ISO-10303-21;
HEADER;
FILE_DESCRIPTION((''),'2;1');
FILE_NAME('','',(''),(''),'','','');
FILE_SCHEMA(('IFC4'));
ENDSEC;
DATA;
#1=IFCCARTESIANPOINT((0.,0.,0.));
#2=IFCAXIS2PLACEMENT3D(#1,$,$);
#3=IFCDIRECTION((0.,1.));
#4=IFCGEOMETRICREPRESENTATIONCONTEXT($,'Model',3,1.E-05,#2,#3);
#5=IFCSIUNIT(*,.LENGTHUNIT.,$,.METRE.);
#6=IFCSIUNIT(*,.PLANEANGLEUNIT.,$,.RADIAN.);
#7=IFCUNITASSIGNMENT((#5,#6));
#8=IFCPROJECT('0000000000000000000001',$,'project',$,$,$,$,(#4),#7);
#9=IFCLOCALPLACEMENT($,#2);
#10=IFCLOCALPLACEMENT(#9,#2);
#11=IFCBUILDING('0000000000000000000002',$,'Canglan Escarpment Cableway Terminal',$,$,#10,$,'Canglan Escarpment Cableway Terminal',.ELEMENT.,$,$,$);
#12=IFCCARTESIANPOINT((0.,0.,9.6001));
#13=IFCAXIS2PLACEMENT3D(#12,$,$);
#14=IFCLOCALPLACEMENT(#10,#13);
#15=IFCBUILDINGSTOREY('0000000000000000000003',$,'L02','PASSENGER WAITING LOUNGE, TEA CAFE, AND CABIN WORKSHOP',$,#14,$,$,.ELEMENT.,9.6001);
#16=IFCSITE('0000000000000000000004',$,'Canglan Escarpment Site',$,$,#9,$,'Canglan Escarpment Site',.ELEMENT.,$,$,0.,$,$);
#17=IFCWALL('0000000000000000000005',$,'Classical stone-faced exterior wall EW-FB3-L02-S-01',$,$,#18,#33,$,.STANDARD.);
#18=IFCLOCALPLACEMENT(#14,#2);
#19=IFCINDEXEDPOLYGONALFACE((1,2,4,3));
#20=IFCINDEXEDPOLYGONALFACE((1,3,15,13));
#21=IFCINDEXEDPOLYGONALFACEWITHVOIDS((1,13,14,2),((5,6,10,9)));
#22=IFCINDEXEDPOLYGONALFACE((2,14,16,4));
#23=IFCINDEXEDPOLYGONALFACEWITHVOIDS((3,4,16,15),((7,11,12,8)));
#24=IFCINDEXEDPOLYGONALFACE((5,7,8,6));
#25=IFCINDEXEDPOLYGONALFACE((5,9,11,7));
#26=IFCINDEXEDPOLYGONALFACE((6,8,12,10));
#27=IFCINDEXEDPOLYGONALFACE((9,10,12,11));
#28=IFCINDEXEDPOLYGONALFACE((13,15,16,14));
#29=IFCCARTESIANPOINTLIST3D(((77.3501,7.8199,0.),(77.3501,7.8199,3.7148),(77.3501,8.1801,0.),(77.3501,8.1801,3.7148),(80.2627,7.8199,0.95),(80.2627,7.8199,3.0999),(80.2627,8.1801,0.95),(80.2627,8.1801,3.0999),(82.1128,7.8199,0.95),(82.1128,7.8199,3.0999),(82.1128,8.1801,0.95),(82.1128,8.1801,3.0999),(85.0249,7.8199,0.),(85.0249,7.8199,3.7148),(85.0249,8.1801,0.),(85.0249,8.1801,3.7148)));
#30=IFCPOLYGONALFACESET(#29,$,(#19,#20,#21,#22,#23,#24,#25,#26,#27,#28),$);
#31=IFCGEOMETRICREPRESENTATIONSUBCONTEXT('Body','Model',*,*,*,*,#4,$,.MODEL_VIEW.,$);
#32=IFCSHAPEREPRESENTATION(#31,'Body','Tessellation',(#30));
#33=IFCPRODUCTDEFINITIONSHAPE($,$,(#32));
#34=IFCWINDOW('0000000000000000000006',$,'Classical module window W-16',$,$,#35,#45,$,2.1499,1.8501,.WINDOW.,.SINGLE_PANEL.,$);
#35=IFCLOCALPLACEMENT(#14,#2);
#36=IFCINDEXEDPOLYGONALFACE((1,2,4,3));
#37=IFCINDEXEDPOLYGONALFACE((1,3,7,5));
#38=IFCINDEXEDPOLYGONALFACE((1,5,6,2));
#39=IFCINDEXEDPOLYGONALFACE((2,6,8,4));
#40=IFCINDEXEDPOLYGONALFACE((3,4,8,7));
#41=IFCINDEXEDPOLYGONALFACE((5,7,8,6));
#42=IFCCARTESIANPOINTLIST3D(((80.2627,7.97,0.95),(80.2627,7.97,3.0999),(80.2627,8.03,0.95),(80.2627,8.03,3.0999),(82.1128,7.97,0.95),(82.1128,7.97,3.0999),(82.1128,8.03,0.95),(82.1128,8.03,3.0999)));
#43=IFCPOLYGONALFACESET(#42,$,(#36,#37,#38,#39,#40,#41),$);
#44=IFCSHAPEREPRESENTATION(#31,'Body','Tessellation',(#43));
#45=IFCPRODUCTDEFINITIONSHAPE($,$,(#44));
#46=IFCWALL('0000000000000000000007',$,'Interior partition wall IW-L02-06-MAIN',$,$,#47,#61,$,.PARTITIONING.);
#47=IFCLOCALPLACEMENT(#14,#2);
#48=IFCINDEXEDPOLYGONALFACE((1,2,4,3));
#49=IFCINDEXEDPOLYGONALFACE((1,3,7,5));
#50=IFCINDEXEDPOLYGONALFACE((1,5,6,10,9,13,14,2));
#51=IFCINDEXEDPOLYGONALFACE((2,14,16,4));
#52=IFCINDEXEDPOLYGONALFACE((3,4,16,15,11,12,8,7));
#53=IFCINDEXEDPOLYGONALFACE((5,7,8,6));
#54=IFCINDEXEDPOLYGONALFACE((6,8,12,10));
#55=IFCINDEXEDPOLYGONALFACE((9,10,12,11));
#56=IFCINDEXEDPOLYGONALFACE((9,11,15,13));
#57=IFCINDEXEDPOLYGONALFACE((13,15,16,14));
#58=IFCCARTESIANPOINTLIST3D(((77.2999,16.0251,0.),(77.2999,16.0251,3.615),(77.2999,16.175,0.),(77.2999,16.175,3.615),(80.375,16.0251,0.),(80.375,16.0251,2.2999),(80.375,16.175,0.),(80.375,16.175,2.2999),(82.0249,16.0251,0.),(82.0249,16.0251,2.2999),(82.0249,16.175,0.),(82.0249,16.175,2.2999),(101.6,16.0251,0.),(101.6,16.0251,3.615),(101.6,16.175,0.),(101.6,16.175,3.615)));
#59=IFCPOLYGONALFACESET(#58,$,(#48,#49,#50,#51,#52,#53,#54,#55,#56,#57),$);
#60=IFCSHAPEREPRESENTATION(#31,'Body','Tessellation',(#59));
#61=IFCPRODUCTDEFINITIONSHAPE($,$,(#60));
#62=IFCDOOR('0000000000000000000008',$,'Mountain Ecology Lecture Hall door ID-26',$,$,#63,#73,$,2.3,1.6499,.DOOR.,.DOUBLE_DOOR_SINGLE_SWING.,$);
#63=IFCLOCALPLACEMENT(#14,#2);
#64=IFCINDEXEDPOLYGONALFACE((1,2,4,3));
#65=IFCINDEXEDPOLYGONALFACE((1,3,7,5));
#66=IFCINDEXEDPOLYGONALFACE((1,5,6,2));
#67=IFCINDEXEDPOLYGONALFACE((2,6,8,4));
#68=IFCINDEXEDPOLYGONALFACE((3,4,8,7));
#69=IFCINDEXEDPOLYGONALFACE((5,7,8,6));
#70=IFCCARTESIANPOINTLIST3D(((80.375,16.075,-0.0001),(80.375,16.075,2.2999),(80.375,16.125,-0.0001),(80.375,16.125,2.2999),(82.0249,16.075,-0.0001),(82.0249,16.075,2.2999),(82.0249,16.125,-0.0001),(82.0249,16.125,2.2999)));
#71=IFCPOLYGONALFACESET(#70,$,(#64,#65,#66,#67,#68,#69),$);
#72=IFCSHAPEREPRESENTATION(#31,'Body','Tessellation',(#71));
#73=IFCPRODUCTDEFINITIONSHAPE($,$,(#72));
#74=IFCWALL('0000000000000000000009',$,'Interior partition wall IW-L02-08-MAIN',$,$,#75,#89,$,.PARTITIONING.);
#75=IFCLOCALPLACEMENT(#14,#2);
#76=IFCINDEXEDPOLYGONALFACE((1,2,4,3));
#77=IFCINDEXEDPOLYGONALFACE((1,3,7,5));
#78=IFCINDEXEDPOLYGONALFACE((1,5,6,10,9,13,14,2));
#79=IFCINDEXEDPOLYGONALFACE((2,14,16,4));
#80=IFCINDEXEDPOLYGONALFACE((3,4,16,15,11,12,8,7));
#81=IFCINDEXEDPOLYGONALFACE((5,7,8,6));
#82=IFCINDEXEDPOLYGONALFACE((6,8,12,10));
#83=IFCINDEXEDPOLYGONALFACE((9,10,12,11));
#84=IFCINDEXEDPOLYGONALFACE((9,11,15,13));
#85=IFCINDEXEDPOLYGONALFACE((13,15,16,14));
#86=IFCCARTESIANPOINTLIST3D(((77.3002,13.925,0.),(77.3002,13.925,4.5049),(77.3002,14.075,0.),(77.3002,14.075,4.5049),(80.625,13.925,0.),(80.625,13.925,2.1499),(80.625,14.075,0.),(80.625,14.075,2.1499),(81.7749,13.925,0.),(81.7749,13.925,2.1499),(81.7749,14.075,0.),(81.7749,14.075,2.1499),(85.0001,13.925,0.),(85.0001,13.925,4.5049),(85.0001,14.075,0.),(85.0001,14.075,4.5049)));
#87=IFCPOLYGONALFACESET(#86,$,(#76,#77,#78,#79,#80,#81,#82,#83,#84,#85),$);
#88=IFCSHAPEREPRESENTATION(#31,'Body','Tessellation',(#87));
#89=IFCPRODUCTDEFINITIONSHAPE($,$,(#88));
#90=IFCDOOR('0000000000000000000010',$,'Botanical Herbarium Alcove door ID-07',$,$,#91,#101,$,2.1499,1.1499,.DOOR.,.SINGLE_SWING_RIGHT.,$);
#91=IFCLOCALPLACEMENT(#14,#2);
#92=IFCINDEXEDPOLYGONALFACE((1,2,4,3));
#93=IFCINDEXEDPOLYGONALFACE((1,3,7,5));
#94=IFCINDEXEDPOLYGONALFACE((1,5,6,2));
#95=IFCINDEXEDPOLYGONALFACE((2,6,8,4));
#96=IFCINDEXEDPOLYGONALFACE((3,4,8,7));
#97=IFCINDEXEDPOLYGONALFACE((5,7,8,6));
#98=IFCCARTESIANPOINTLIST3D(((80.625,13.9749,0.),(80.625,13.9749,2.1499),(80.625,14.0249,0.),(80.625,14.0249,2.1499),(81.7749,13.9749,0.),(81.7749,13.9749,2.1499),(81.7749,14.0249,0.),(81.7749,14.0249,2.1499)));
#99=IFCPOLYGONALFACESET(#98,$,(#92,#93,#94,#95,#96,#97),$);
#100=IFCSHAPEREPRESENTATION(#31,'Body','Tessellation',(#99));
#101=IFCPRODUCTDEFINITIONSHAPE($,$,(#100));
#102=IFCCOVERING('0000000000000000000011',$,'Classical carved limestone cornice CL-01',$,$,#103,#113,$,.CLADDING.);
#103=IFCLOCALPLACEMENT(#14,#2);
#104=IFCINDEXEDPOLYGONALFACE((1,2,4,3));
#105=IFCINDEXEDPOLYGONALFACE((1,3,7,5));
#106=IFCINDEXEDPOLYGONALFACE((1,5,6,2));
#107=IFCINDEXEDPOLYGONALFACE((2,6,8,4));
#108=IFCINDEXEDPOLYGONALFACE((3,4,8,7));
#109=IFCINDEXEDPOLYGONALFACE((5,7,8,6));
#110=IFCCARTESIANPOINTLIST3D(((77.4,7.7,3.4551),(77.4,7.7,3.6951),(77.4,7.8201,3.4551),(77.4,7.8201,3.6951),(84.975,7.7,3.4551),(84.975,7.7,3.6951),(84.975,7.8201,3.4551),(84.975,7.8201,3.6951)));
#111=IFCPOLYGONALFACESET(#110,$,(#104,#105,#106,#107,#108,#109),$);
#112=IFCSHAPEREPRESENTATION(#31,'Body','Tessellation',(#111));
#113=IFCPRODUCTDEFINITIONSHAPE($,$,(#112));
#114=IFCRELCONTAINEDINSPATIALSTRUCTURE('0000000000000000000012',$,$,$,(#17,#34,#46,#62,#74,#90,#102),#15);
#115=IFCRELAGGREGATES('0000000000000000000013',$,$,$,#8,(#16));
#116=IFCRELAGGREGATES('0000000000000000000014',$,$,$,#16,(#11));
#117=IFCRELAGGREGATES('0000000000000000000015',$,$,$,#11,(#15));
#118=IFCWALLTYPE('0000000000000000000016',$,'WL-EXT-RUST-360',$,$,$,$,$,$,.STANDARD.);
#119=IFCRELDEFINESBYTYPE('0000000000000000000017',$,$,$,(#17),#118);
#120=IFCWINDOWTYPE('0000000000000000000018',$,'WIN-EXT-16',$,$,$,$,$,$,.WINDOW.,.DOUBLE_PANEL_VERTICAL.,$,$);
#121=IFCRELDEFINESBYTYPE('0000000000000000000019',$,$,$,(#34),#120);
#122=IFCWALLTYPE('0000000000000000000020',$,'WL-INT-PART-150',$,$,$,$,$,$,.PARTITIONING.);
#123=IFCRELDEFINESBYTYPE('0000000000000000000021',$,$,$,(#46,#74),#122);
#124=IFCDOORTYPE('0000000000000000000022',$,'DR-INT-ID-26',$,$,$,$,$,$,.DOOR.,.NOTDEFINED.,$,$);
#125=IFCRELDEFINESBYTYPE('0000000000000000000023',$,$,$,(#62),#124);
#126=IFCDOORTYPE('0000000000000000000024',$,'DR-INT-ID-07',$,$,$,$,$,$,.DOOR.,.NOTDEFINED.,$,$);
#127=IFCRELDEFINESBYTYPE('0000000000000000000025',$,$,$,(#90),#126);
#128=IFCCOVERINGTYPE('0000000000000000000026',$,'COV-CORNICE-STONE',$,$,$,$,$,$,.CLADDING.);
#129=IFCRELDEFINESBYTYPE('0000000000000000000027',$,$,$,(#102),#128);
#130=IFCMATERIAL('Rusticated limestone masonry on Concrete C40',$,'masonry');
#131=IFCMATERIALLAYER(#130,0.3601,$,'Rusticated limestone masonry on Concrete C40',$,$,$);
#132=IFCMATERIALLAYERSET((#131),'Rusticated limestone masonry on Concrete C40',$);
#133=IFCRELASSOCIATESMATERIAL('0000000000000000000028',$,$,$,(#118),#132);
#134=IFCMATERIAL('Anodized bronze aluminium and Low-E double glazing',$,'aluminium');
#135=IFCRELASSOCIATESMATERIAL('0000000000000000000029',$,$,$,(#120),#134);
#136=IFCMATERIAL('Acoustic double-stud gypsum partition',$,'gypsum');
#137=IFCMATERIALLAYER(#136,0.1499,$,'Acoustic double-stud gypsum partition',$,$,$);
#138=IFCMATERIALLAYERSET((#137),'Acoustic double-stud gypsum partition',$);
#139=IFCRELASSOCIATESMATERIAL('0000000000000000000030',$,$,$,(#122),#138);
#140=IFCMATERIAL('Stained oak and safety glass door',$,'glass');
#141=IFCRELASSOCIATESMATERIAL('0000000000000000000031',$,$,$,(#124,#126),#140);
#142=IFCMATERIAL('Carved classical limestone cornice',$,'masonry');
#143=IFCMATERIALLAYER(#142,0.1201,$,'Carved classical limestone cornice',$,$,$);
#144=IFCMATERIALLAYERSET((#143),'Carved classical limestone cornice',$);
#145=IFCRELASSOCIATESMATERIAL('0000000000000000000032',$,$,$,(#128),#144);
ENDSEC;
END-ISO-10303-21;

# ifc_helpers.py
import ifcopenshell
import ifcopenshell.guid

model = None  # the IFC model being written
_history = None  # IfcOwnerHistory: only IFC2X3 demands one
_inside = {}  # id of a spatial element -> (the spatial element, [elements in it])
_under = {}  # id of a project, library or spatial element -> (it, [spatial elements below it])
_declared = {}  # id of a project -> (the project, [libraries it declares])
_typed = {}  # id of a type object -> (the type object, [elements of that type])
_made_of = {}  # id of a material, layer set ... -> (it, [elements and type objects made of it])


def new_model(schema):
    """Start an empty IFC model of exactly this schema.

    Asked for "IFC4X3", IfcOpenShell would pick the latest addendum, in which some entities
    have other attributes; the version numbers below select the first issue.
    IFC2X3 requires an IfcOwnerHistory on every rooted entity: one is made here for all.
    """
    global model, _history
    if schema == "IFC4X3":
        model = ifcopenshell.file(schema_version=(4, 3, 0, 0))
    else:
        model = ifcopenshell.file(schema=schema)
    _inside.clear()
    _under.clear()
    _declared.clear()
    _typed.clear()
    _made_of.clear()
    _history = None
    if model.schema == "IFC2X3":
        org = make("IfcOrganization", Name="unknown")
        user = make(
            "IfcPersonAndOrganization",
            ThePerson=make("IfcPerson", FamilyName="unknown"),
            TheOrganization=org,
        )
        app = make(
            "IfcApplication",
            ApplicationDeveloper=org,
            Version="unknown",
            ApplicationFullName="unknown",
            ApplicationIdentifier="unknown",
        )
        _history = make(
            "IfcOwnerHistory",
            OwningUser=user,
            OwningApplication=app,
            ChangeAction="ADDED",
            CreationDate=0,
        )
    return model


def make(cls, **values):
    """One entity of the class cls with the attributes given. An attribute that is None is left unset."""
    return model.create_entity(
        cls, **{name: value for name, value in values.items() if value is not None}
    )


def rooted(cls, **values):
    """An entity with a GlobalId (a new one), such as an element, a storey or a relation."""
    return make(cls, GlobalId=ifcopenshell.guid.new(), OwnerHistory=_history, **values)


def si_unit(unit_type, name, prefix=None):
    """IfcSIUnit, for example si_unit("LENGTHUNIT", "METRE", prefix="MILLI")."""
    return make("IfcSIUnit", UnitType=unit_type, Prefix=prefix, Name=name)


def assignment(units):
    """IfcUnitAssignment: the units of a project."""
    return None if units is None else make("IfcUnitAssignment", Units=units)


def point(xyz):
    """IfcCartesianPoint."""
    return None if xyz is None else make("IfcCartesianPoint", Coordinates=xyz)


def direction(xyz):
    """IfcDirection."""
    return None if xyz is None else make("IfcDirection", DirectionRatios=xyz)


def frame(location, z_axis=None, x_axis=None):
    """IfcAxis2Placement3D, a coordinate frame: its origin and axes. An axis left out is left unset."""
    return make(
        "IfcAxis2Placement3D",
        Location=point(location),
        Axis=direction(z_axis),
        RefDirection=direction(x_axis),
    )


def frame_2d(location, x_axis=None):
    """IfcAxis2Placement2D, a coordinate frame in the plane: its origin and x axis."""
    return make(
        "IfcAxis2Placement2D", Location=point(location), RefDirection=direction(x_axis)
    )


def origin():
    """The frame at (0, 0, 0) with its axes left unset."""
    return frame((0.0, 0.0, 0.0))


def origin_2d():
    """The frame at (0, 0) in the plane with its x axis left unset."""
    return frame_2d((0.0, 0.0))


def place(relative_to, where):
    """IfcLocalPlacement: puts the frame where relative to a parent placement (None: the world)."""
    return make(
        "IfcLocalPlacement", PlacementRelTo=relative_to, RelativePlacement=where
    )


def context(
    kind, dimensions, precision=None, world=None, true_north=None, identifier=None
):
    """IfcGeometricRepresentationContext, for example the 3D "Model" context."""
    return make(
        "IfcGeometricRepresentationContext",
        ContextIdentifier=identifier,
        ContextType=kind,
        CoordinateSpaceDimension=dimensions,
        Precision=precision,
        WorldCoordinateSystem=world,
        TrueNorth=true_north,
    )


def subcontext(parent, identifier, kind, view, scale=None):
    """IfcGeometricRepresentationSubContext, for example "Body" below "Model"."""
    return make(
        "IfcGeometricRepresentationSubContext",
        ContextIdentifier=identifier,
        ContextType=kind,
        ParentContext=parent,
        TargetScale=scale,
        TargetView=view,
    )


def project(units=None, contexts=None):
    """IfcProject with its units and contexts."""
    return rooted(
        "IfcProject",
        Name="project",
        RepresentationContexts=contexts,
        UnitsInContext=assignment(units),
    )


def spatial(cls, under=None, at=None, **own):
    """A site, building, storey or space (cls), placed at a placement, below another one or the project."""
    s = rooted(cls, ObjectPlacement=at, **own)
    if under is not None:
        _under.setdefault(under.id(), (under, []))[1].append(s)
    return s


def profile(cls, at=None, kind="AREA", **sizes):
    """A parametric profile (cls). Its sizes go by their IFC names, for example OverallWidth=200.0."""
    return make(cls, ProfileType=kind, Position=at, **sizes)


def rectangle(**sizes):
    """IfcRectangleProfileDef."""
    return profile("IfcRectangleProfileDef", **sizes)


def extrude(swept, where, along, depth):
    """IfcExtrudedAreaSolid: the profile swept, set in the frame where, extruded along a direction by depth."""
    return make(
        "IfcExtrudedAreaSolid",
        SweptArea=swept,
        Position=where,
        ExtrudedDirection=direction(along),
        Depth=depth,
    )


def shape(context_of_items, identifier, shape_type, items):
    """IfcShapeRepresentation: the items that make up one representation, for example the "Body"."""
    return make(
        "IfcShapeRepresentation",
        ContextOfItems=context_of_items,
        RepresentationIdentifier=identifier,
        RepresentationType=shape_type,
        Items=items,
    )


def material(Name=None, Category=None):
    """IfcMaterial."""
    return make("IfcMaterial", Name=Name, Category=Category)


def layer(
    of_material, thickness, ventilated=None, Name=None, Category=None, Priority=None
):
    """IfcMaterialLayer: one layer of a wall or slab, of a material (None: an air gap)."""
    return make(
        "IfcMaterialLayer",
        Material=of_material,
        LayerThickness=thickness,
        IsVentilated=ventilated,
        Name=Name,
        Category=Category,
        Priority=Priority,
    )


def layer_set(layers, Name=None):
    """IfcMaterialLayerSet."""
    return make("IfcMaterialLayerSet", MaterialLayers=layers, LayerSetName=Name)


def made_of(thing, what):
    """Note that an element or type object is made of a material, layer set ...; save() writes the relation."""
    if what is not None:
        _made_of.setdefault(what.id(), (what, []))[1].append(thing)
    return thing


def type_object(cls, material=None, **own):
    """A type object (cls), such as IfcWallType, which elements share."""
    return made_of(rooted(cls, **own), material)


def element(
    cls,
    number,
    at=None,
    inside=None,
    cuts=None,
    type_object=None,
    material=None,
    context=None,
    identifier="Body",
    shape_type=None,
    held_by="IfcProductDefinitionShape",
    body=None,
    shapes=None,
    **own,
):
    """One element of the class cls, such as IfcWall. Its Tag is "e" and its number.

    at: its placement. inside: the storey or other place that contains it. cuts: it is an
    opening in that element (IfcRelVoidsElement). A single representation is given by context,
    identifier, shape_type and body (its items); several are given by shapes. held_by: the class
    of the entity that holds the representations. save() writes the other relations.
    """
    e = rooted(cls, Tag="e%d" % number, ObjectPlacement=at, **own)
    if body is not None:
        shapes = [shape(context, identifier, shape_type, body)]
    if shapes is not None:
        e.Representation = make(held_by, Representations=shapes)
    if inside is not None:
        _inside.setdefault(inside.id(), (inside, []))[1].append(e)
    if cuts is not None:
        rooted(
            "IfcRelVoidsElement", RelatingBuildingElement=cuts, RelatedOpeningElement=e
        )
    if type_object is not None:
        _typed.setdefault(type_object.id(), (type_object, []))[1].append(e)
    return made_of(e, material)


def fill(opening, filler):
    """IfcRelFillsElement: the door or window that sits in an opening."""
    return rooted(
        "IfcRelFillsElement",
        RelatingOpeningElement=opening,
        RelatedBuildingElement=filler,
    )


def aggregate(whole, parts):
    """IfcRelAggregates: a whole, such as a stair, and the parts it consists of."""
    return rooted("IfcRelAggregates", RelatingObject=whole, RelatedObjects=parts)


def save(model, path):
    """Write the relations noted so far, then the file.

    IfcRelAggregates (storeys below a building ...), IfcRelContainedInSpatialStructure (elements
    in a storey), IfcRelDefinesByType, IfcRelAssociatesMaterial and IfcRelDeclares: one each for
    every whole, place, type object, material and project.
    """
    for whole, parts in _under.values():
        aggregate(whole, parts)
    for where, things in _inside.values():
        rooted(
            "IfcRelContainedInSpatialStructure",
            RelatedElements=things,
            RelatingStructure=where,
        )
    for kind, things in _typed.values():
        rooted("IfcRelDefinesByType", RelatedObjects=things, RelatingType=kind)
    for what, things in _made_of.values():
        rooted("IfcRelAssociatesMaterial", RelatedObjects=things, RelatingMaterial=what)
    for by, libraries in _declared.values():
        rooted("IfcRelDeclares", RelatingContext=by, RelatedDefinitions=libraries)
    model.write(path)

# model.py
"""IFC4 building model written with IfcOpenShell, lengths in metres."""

from ifc_helpers import new_model, si_unit, direction, frame, frame_2d, origin, origin_2d, place, context, subcontext, project, spatial, rectangle, extrude, material, layer, layer_set, type_object, element, fill, save


model = new_model("IFC4")

# Units and contexts
model_context = context("Model", 3, precision=1e-05, world=origin(), true_north=direction((0.0, 1.0)))
body_context = subcontext(model_context, "Body", "Model", "MODEL_VIEW")
ifc_project = project(units=[si_unit("LENGTHUNIT", "METRE"), si_unit("PLANEANGLEUNIT", "RADIAN")], contexts=[model_context])

# Site, building, storey
site_placement = place(None, origin())
site = spatial("IfcSite", under=ifc_project, at=site_placement, Name="Canglan Escarpment Site", LongName="Canglan Escarpment Site", CompositionType="ELEMENT", RefElevation=0.0)
building_placement = place(site_placement, origin())
building = spatial("IfcBuilding", under=site, at=building_placement, Name="Canglan Escarpment Cableway Terminal", LongName="Canglan Escarpment Cableway Terminal", CompositionType="ELEMENT")
storey_placement = place(building_placement, frame((0.0, 0.0, 9.6001)))
storey = spatial("IfcBuildingStorey", under=building, at=storey_placement, Name="L02", Description="PASSENGER WAITING LOUNGE, TEA CAFE, AND CABIN WORKSHOP", CompositionType="ELEMENT", Elevation=9.6001)

# Wall, opening, window
ifc_material_1 = material(Name="Rusticated limestone masonry on Concrete C40", Category="masonry")
ifc_layer_1 = layer(ifc_material_1, 0.3601, Name="Rusticated limestone masonry on Concrete C40")
ifc_layer_set_1 = layer_set([ifc_layer_1], Name="Rusticated limestone masonry on Concrete C40")
wall_type_1 = type_object("IfcWallType", Name="WL-EXT-RUST-360", PredefinedType="STANDARD", material=ifc_layer_set_1)
wall_1_placement = place(storey_placement, frame((77.3501, 8.0, 0.0), z_axis=(0.0, 0.0, 1.0), x_axis=(1.0, 0.0, 0.0)))
wall_1 = element("IfcWall", 1, at=wall_1_placement, inside=storey, type_object=wall_type_1, Name="Classical stone-faced exterior wall EW-FB3-L02-S-01", PredefinedType="STANDARD", context=body_context, shape_type="SweptSolid", body=[
    extrude(rectangle(XDim=7.6748, YDim=0.3601, at=frame_2d((3.8374, 0.0))), origin(), (0.0, 0.0, 1.0), 3.7148),
])
opening_1_placement = place(wall_1_placement, frame((2.9126, 0.0, 0.95)))
opening_1 = element("IfcOpeningElement", 2, at=opening_1_placement, cuts=wall_1, PredefinedType="OPENING", context=body_context, shape_type="SweptSolid", body=[
    extrude(rectangle(XDim=1.8501, YDim=2.1499, at=frame_2d((0.925, 1.075))), frame((0.0, 0.1899, 0.0), z_axis=(0.0, -1.0, 0.0), x_axis=(1.0, 0.0, 0.0)), (0.0, 0.0, 1.0), 0.3801),
])
ifc_material_2 = material(Name="Anodized bronze aluminium and Low-E double glazing", Category="aluminium")
window_type = type_object("IfcWindowType", Name="WIN-EXT-16", PartitioningType="DOUBLE_PANEL_VERTICAL", PredefinedType="WINDOW", material=ifc_material_2)
window_placement = place(opening_1_placement, origin())
window = element("IfcWindow", 3, at=window_placement, inside=storey, type_object=window_type, Name="Classical module window W-16", OverallHeight=2.1499, OverallWidth=1.8501, PartitioningType="SINGLE_PANEL", PredefinedType="WINDOW", context=body_context, shape_type="SweptSolid", body=[
    extrude(rectangle(XDim=1.8501, YDim=2.1499, at=frame_2d((0.925, 1.075))), frame((0.0, 0.03, 0.0), z_axis=(0.0, -1.0, 0.0), x_axis=(1.0, 0.0, 0.0)), (0.0, 0.0, 1.0), 0.0601),
])
fill(opening_1, window)

# Walls, openings, doors
ifc_material_3 = material(Name="Acoustic double-stud gypsum partition", Category="gypsum")
ifc_layer_2 = layer(ifc_material_3, 0.1499, Name="Acoustic double-stud gypsum partition")
ifc_layer_set_2 = layer_set([ifc_layer_2], Name="Acoustic double-stud gypsum partition")
wall_type_2 = type_object("IfcWallType", Name="WL-INT-PART-150", PredefinedType="PARTITIONING", material=ifc_layer_set_2)
wall_2_placement = place(storey_placement, frame((77.3, 16.1001, 0.0), z_axis=(0.0, 0.0, 1.0), x_axis=(1.0, 0.0, 0.0)))
wall_2 = element("IfcWall", 4, at=wall_2_placement, inside=storey, type_object=wall_type_2, Name="Interior partition wall IW-L02-06-MAIN", PredefinedType="PARTITIONING", context=body_context, shape_type="SweptSolid", body=[
    extrude(rectangle(XDim=24.3, YDim=0.1499, at=frame_2d((12.1499, 0.0))), origin(), (0.0, 0.0, 1.0), 3.615),
])
opening_2_placement = place(wall_2_placement, frame((3.075, 0.0, 0.0)))
opening_2 = element("IfcOpeningElement", 5, at=opening_2_placement, cuts=wall_2, PredefinedType="OPENING", context=body_context, shape_type="SweptSolid", body=[
    extrude(rectangle(XDim=1.6499, YDim=2.3, at=frame_2d((0.825, 1.1499))), frame((0.0, 0.085, 0.0), z_axis=(0.0, -1.0, 0.0), x_axis=(1.0, 0.0, 0.0)), (0.0, 0.0, 1.0), 0.1699),
])
ifc_material_4 = material(Name="Stained oak and safety glass door", Category="glass")
door_type_1 = type_object("IfcDoorType", Name="DR-INT-ID-26", OperationType="NOTDEFINED", PredefinedType="DOOR", material=ifc_material_4)
door_1_placement = place(opening_2_placement, origin())
door_1 = element("IfcDoor", 6, at=door_1_placement, inside=storey, type_object=door_type_1, Name="Mountain Ecology Lecture Hall door ID-26", OperationType="DOUBLE_DOOR_SINGLE_SWING", OverallHeight=2.3, OverallWidth=1.6499, PredefinedType="DOOR", context=body_context, shape_type="SweptSolid", body=[
    extrude(rectangle(XDim=1.6499, YDim=2.3, at=frame_2d((0.825, 1.1499))), frame((0.0, 0.0249, 0.0), z_axis=(0.0, -1.0, 0.0), x_axis=(1.0, 0.0, 0.0)), (0.0, 0.0, 1.0), 0.05),
])
fill(opening_2, door_1)
wall_3_placement = place(storey_placement, frame((77.3, 14.0, 0.0), z_axis=(0.0, 0.0, 1.0), x_axis=(1.0, 0.0, 0.0)))
wall_3 = element("IfcWall", 7, at=wall_3_placement, inside=storey, type_object=wall_type_2, Name="Interior partition wall IW-L02-08-MAIN", PredefinedType="PARTITIONING", context=body_context, shape_type="SweptSolid", body=[
    extrude(rectangle(XDim=7.7, YDim=0.1499, at=frame_2d((3.8501, 0.0))), origin(), (0.0, 0.0, 1.0), 4.5049),
])
opening_3_placement = place(wall_3_placement, frame((3.325, 0.0, 0.0)))
opening_3 = element("IfcOpeningElement", 8, at=opening_3_placement, cuts=wall_3, PredefinedType="OPENING", context=body_context, shape_type="SweptSolid", body=[
    extrude(rectangle(XDim=1.1499, YDim=2.1499, at=frame_2d((0.575, 1.075))), frame((0.0, 0.085, 0.0), z_axis=(0.0, -1.0, 0.0), x_axis=(1.0, 0.0, 0.0)), (0.0, 0.0, 1.0), 0.1699),
])
door_type_2 = type_object("IfcDoorType", Name="DR-INT-ID-07", OperationType="NOTDEFINED", PredefinedType="DOOR", material=ifc_material_4)
door_2_placement = place(opening_3_placement, origin())
door_2 = element("IfcDoor", 9, at=door_2_placement, inside=storey, type_object=door_type_2, Name="Botanical Herbarium Alcove door ID-07", OperationType="SINGLE_SWING_RIGHT", OverallHeight=2.1499, OverallWidth=1.1499, PredefinedType="DOOR", context=body_context, shape_type="SweptSolid", body=[
    extrude(rectangle(XDim=1.1499, YDim=2.1499, at=frame_2d((0.575, 1.075))), frame((0.0, 0.0249, 0.0), z_axis=(0.0, -1.0, 0.0), x_axis=(1.0, 0.0, 0.0)), (0.0, 0.0, 1.0), 0.05),
])
fill(opening_3, door_2)

# Covering
ifc_material_5 = material(Name="Carved classical limestone cornice", Category="masonry")
ifc_layer_3 = layer(ifc_material_5, 0.1201, Name="Carved classical limestone cornice")
ifc_layer_set_3 = layer_set([ifc_layer_3], Name="Carved classical limestone cornice")
covering_type = type_object("IfcCoveringType", Name="COV-CORNICE-STONE", PredefinedType="CLADDING", material=ifc_layer_set_3)
covering_placement = place(storey_placement, frame((81.1875, 7.76, 3.4551), z_axis=(0.0, 0.0, 1.0), x_axis=(1.0, 0.0, 0.0)))
element("IfcCovering", 10, at=covering_placement, inside=storey, type_object=covering_type, Name="Classical carved limestone cornice CL-01", PredefinedType="CLADDING", context=body_context, shape_type="SweptSolid", body=[
    extrude(rectangle(XDim=7.575, YDim=0.1201, at=origin_2d()), origin(), (0.0, 0.0, 1.0), 0.24),
])

save(model, "model.ifc")
